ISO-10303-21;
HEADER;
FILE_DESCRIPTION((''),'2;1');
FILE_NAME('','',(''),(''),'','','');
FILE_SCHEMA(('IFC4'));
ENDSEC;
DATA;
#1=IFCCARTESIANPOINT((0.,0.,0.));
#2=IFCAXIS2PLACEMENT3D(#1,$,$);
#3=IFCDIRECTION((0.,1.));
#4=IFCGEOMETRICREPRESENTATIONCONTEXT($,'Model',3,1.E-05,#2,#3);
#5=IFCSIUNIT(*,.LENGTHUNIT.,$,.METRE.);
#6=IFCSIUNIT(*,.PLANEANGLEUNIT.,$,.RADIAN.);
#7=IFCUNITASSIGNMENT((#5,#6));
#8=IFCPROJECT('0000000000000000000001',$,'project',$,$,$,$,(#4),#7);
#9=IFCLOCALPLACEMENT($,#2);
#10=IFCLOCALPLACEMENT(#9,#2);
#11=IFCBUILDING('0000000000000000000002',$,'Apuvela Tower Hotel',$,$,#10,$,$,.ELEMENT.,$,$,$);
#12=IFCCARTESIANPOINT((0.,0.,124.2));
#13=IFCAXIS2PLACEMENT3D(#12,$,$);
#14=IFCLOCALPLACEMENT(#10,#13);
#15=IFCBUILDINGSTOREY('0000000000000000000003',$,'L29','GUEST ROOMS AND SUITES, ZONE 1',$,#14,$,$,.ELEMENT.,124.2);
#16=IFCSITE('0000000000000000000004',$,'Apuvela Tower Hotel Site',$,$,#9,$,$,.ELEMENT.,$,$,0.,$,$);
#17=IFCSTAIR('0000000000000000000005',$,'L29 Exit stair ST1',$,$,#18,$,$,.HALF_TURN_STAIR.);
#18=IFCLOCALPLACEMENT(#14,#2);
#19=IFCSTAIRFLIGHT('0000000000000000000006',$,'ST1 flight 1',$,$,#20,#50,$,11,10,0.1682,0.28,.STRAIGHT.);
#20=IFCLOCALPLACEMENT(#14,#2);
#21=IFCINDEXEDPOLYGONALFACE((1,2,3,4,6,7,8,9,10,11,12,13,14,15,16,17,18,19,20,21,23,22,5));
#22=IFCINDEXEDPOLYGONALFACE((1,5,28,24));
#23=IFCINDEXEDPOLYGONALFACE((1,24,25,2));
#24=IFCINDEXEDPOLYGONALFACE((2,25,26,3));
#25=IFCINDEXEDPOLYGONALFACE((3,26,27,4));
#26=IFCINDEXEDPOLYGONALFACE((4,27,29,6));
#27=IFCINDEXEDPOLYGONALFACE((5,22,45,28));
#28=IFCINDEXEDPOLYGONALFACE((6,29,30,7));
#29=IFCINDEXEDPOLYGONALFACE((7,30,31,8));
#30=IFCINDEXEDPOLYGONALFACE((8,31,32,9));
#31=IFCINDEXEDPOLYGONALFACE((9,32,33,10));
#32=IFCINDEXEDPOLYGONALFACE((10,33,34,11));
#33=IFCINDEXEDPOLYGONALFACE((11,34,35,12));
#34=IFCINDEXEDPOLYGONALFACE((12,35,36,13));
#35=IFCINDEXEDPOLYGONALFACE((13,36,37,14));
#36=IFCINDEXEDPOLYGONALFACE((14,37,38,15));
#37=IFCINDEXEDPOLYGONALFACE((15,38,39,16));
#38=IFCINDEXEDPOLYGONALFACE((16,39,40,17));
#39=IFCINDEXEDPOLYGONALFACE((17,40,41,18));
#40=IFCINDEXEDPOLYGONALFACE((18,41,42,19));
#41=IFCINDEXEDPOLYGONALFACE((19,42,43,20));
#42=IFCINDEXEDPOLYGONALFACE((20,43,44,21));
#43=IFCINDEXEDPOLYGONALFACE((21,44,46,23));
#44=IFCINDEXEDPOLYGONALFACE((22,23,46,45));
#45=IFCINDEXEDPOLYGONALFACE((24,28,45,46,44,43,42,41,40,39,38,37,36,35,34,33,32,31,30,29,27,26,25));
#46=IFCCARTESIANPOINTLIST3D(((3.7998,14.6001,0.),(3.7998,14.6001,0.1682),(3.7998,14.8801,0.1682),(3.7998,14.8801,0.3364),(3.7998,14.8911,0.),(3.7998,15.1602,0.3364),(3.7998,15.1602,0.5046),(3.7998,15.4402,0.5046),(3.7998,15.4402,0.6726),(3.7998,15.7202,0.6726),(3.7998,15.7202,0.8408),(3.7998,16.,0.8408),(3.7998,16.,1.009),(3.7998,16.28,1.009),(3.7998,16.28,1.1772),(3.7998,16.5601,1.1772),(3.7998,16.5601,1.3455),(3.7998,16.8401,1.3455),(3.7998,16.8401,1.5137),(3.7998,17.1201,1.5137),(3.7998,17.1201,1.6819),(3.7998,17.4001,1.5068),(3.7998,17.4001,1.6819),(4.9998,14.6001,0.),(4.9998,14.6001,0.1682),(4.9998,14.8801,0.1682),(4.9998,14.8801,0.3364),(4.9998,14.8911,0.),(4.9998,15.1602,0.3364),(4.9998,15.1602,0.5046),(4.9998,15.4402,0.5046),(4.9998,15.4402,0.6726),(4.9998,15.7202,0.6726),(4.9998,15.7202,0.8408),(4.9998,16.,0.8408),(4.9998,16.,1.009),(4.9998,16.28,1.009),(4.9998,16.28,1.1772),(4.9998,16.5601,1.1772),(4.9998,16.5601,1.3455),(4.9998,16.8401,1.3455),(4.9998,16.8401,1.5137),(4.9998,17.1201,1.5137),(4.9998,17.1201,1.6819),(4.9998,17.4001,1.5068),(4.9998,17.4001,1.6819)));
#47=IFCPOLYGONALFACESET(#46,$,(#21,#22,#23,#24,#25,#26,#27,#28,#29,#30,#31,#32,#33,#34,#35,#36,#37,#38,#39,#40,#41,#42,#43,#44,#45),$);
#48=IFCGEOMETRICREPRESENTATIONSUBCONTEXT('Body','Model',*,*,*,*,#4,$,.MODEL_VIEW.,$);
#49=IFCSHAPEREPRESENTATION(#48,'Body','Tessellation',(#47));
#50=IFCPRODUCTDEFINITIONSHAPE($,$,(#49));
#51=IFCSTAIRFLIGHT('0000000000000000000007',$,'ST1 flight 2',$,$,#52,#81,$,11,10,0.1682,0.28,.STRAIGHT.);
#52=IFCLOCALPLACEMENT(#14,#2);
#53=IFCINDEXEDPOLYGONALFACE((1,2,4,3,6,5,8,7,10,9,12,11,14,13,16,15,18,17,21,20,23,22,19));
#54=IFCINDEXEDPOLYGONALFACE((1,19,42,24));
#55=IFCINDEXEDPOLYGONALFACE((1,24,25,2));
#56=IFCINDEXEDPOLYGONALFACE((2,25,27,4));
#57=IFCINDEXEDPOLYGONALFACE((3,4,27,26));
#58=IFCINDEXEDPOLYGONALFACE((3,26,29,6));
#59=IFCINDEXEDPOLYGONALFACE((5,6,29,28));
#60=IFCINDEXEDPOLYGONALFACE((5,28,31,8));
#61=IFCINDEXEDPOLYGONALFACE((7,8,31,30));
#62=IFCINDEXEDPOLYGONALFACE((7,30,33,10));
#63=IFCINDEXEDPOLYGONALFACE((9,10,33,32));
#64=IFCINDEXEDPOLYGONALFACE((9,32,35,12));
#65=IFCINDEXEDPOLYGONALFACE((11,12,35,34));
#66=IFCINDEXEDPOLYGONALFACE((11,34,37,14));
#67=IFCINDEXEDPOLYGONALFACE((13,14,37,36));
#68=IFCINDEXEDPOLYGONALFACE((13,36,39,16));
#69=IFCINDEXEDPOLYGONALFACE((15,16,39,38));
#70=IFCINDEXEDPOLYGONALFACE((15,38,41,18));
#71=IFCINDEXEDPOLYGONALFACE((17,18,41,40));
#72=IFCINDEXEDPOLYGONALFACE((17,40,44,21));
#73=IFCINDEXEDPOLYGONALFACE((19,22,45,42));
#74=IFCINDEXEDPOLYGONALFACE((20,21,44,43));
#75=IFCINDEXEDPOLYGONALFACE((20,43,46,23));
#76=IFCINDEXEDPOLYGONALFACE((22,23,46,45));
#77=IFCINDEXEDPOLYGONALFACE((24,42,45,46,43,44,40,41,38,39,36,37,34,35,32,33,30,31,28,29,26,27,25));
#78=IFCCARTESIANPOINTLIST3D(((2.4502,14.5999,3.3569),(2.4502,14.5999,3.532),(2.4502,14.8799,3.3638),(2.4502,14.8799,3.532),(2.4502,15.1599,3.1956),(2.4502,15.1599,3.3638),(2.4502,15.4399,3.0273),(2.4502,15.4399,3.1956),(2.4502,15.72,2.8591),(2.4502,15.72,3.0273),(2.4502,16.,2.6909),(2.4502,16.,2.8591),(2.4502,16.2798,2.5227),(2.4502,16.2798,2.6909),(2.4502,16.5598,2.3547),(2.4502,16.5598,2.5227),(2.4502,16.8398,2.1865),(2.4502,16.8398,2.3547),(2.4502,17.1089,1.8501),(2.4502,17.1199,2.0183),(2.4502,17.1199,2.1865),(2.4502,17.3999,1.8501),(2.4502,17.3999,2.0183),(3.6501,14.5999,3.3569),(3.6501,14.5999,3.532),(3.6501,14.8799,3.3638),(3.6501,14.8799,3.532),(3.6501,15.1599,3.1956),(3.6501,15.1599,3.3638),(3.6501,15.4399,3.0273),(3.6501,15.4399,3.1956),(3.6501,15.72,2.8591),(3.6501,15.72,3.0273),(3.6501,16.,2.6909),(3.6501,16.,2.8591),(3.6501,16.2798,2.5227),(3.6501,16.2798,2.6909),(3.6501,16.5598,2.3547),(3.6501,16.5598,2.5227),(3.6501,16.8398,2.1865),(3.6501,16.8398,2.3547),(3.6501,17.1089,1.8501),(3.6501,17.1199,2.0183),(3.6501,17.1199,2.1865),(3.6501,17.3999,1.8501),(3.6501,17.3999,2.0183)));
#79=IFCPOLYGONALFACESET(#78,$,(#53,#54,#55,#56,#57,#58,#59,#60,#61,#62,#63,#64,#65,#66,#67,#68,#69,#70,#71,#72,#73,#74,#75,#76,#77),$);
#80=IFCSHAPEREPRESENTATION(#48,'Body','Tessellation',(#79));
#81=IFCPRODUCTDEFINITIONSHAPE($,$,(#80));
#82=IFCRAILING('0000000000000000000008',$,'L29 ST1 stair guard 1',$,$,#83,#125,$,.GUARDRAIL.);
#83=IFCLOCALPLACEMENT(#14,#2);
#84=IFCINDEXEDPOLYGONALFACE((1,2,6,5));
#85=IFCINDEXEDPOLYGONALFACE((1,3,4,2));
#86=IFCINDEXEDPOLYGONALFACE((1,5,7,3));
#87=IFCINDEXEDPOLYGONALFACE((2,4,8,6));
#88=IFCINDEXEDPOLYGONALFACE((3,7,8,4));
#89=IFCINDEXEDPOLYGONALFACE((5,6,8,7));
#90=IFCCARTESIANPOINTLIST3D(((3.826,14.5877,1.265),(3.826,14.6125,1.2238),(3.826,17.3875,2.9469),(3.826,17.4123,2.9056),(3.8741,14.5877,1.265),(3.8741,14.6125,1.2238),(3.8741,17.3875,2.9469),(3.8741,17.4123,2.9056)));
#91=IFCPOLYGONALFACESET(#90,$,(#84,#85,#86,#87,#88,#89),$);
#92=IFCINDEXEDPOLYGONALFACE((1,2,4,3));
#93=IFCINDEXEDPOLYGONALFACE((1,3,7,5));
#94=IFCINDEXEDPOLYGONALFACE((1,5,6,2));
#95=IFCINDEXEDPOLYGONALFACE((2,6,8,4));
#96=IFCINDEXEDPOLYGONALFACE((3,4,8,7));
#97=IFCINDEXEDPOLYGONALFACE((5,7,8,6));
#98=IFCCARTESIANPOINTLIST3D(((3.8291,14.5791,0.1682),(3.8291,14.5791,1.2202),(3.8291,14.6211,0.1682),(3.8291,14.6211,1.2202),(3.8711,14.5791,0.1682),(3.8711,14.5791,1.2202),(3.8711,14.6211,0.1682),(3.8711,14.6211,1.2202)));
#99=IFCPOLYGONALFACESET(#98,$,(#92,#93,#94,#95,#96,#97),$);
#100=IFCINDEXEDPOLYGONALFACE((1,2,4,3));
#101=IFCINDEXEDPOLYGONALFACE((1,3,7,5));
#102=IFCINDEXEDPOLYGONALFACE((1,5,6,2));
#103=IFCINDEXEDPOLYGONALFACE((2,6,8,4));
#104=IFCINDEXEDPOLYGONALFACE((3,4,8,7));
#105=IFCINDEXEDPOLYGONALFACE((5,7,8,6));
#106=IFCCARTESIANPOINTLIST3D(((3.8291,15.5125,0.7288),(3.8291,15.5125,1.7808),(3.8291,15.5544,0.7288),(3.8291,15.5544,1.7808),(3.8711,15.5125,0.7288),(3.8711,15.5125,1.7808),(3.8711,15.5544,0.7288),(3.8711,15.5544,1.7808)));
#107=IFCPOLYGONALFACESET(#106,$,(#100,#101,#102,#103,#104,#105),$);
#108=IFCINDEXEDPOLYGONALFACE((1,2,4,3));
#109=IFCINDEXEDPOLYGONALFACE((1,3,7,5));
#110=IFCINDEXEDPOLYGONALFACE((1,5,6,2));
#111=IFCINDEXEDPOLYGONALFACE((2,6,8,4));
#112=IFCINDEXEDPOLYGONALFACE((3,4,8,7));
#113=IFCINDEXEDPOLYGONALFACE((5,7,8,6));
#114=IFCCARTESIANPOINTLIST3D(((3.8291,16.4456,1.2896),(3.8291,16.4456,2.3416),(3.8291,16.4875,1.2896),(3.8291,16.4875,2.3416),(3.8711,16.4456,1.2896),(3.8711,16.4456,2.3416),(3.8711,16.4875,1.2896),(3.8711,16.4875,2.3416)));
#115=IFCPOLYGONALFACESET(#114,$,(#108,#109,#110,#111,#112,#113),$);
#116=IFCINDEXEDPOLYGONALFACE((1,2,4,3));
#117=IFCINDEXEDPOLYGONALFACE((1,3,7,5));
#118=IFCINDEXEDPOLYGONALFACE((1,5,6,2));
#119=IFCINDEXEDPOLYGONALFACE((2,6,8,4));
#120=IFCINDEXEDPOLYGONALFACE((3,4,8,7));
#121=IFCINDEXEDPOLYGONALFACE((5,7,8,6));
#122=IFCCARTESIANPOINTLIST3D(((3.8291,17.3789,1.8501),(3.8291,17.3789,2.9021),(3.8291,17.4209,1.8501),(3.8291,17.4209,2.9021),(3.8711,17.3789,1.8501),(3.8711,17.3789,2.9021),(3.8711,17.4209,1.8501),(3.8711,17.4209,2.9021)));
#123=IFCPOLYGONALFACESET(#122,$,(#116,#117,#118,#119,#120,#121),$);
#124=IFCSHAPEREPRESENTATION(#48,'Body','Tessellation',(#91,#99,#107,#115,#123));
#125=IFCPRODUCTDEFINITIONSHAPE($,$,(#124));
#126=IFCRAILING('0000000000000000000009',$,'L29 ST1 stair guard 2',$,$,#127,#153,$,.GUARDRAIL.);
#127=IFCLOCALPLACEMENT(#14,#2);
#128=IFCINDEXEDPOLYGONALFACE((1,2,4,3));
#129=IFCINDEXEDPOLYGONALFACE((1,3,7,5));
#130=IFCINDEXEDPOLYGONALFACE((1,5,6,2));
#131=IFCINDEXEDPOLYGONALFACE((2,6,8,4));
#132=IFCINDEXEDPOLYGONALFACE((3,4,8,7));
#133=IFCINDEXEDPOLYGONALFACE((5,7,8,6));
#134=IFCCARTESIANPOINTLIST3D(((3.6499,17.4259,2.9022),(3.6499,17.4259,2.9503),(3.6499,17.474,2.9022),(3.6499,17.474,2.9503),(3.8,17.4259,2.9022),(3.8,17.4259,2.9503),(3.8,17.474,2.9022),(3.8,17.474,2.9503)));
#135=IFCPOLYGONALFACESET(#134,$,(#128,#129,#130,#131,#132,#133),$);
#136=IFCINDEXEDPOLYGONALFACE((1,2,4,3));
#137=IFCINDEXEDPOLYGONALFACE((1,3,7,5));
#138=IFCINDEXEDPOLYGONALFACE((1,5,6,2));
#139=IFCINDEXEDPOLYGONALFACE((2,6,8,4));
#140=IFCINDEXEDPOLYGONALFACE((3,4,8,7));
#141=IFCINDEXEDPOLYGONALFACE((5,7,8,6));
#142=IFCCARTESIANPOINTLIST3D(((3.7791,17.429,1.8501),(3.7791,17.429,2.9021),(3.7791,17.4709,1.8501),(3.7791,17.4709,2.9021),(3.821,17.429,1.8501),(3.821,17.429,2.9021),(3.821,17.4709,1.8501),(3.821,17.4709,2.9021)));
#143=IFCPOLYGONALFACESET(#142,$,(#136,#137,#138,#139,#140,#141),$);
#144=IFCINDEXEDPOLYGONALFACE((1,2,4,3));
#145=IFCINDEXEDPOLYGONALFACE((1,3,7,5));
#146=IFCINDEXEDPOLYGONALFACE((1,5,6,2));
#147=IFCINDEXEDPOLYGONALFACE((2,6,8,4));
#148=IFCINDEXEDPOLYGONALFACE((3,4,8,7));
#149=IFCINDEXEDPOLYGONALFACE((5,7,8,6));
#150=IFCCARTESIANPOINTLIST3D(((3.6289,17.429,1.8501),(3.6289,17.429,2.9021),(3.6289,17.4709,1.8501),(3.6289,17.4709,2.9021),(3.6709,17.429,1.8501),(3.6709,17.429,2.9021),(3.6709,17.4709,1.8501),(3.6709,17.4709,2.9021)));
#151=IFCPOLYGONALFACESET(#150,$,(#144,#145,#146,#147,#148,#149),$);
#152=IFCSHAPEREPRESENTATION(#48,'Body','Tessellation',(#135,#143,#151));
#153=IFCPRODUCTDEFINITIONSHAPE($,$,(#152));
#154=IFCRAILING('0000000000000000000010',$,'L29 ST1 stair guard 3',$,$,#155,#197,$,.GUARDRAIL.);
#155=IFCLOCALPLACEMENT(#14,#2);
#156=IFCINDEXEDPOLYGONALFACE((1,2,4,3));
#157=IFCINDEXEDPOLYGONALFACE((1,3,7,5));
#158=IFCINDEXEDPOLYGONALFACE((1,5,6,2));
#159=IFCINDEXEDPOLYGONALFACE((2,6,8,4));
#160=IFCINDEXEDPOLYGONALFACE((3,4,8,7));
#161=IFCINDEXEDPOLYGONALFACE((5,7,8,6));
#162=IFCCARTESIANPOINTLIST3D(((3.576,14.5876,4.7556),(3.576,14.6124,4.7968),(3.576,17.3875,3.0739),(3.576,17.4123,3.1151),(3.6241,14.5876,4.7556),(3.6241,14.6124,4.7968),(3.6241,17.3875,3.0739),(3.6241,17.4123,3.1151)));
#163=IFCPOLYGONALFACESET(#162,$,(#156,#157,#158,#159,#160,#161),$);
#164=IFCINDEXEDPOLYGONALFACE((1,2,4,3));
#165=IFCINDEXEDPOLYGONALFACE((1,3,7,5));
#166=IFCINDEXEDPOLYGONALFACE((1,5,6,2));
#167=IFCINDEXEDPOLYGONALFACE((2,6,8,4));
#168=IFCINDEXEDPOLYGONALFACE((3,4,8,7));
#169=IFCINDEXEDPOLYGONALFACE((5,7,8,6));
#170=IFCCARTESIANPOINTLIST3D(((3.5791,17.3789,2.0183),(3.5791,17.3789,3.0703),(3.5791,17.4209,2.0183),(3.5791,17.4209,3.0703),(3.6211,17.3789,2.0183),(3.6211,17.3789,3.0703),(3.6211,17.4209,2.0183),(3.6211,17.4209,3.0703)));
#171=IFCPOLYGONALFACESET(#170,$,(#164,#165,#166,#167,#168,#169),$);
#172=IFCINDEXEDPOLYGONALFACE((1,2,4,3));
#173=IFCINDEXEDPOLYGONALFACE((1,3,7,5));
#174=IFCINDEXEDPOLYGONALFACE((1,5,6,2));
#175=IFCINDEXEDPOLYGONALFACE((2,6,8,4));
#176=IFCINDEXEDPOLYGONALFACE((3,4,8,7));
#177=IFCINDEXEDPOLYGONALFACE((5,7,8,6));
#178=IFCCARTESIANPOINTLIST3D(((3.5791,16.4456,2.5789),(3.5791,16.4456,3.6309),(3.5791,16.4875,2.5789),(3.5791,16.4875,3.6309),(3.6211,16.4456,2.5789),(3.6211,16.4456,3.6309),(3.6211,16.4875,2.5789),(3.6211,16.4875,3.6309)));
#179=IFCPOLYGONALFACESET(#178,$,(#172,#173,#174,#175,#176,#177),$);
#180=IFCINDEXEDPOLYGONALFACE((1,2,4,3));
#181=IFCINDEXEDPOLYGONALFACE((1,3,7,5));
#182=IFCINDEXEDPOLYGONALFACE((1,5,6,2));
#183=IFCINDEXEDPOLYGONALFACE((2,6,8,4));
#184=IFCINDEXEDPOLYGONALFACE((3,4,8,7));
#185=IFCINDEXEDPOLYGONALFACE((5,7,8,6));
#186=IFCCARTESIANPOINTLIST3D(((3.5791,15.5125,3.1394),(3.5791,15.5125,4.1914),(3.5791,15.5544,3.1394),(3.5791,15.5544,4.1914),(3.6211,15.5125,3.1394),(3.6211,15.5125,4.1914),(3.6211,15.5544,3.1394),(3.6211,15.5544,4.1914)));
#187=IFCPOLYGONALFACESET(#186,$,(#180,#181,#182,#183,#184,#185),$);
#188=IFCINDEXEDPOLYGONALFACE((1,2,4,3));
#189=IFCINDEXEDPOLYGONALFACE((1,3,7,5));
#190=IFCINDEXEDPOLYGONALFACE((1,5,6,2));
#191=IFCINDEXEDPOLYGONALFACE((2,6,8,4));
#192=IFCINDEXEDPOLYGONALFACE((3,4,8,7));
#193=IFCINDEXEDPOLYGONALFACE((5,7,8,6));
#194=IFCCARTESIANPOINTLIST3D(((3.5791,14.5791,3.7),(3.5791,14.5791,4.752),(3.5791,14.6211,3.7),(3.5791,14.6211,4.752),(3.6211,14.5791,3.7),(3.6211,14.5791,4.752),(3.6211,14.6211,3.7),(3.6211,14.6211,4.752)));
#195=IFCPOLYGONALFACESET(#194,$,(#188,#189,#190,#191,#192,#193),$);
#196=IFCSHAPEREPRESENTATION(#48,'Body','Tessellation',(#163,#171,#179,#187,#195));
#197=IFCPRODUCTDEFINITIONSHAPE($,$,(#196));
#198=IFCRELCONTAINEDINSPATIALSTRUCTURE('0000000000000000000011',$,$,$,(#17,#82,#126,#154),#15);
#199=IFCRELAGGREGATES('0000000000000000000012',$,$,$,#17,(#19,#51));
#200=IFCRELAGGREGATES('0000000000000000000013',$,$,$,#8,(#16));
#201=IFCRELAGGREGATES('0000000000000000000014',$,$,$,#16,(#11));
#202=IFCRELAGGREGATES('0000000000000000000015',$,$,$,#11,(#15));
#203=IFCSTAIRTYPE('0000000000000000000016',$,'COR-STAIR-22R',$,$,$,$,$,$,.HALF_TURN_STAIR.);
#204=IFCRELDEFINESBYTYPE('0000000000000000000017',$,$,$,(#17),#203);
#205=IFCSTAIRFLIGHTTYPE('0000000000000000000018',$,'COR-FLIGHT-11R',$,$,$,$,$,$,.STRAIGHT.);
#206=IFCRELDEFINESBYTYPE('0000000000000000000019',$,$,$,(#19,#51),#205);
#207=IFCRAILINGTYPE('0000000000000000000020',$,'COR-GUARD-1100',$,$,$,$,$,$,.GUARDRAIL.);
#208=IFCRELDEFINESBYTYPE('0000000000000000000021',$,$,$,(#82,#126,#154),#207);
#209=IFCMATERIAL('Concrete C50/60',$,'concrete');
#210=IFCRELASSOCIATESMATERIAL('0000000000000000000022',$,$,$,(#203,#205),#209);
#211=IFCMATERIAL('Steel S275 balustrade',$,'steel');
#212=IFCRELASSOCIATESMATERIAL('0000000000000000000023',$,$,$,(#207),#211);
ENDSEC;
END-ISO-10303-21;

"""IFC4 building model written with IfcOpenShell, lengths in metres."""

from ifc_helpers import new_model, si_unit, direction, frame, origin, origin_2d, place, context, subcontext, project, spatial, polyline, rectangle, outline, extrude, material, type_object, element, aggregate, save


model = new_model("IFC4")

# Units and contexts
model_context = context("Model", 3, precision=1e-05, world=origin(), true_north=direction((0.0, 1.0)))
body_context = subcontext(model_context, "Body", "Model", "MODEL_VIEW")
ifc_project = project(units=[si_unit("LENGTHUNIT", "METRE"), si_unit("PLANEANGLEUNIT", "RADIAN")], contexts=[model_context])

# Site, building, storey
site_placement = place(None, origin())
site = spatial("IfcSite", under=ifc_project, at=site_placement, Name="Apuvela Tower Hotel Site", CompositionType="ELEMENT", RefElevation=0.0)
building_placement = place(site_placement, origin())
building = spatial("IfcBuilding", under=site, at=building_placement, Name="Apuvela Tower Hotel", CompositionType="ELEMENT")
storey_placement = place(building_placement, frame((0.0, 0.0, 124.2)))
storey = spatial("IfcBuildingStorey", under=building, at=storey_placement, Name="L29", Description="GUEST ROOMS AND SUITES, ZONE 1", CompositionType="ELEMENT", Elevation=124.2)

# Shared definitions
ifc_material_1 = material(Name="Concrete C50/60", Category="concrete")

# Stair, stair flights
stair_type = type_object("IfcStairType", Name="COR-STAIR-22R", PredefinedType="HALF_TURN_STAIR", material=ifc_material_1)
stair_placement = place(storey_placement, origin())
stair = element("IfcStair", 1, at=stair_placement, inside=storey, type_object=stair_type, Name="L29 Exit stair ST1", PredefinedType="HALF_TURN_STAIR")
stair_flight_type = type_object("IfcStairFlightType", Name="COR-FLIGHT-11R", PredefinedType="STRAIGHT", material=ifc_material_1)
stair_flight_1_placement = place(storey_placement, frame((4.3999, 14.6001, 0.0), z_axis=(0.0, 0.0, 1.0), x_axis=(0.0, 1.0, 0.0)))
stair_flight_1 = element("IfcStairFlight", 2, at=stair_flight_1_placement, type_object=stair_flight_type, Name="ST1 flight 1", NumberOfRisers=11, NumberOfTreads=10, PredefinedType="STRAIGHT", RiserHeight=0.1682, TreadLength=0.28, context=body_context, shape_type="SweptSolid", body=[
    extrude(outline(polyline([(0.0, 0.0), (0.0, 0.1682), (0.28, 0.1682), (0.28, 0.3364), (0.5601, 0.3364), (0.5601, 0.5046), (0.8401, 0.5046), (0.8401, 0.6726), (1.1201, 0.6726), (1.1201, 0.8408), (1.3999, 0.8408), (1.3999, 1.009), (1.6799, 1.009), (1.6799, 1.1772), (1.96, 1.1772), (1.96, 1.3455), (2.24, 1.3455), (2.24, 1.5137), (2.52, 1.5137), (2.52, 1.6819), (2.8, 1.6819), (2.8, 1.8501), (2.8, 1.5068), (0.291, 0.0), (0.0, 0.0)])), frame((0.0, 0.6001, 0.0), z_axis=(0.0, -1.0, 0.0), x_axis=(1.0, 0.0, 0.0)), (0.0, 0.0, 1.0), 1.2),
])
stair_flight_2_placement = place(storey_placement, frame((3.05, 17.3999, 1.8501), z_axis=(0.0, 0.0, 1.0), x_axis=(0.0, -1.0, 0.0)))
stair_flight_2 = element("IfcStairFlight", 3, at=stair_flight_2_placement, type_object=stair_flight_type, Name="ST1 flight 2", NumberOfRisers=11, NumberOfTreads=10, PredefinedType="STRAIGHT", RiserHeight=0.1682, TreadLength=0.28, context=body_context, shape_type="SweptSolid", body=[
    extrude(outline(polyline([(0.0, 0.0), (0.0, 0.1682), (0.28, 0.1682), (0.28, 0.3364), (0.5601, 0.3364), (0.5601, 0.5046), (0.8401, 0.5046), (0.8401, 0.6726), (1.1201, 0.6726), (1.1201, 0.8408), (1.3999, 0.8408), (1.3999, 1.009), (1.6799, 1.009), (1.6799, 1.1772), (1.96, 1.1772), (1.96, 1.3455), (2.24, 1.3455), (2.24, 1.5137), (2.52, 1.5137), (2.52, 1.6819), (2.8, 1.6819), (2.8, 1.8501), (2.8, 1.5068), (0.291, 0.0), (0.0, 0.0)])), frame((0.0, 0.6001, 0.0), z_axis=(0.0, -1.0, 0.0), x_axis=(1.0, 0.0, 0.0)), (0.0, 0.0, 1.0), 1.2),
])
aggregate(stair, [stair_flight_1, stair_flight_2])

# Railings
ifc_material_2 = material(Name="Steel S275 balustrade", Category="steel")
railing_type_1 = type_object("IfcRailingType", Name="COR-GUARD-1100", PredefinedType="GUARDRAIL", material=ifc_material_2)
railing_1_placement = place(storey_placement, frame((3.8501, 14.6001, 0.1682)))
element("IfcRailing", 4, at=railing_1_placement, inside=storey, type_object=railing_type_1, Name="L29 ST1 stair guard 1", PredefinedType="GUARDRAIL", context=body_context, shape_type="SweptSolid", body=[
    extrude(rectangle(XDim=0.0481, YDim=0.0481, at=origin_2d()), frame((0.0, 0.0, 1.0762), z_axis=(0.0, 0.857222, 0.514946), x_axis=(-1.0, 0.0, 0.0)), (0.0, 0.0, 1.0), 3.2661),
    extrude(rectangle(XDim=0.042, YDim=0.042, at=origin_2d()), origin(), (0.0, 0.0, 1.0), 1.052),
    extrude(rectangle(XDim=0.042, YDim=0.042, at=origin_2d()), frame((0.0, 0.9333, 0.5605)), (0.0, 0.0, 1.0), 1.052),
    extrude(rectangle(XDim=0.042, YDim=0.042, at=origin_2d()), frame((0.0, 1.8665, 1.1213)), (0.0, 0.0, 1.0), 1.052),
    extrude(rectangle(XDim=0.042, YDim=0.042, at=origin_2d()), frame((0.0, 2.7998, 1.6819)), (0.0, 0.0, 1.0), 1.052),
])
railing_2_placement = place(storey_placement, frame((3.8, 17.45, 1.8501)))
element("IfcRailing", 5, at=railing_2_placement, inside=storey, type_object=railing_type_1, Name="L29 ST1 stair guard 2", PredefinedType="GUARDRAIL", context=body_context, shape_type="SweptSolid", body=[
    extrude(rectangle(XDim=0.0481, YDim=0.0481, at=origin_2d()), frame((0.0, 0.0, 1.0762), z_axis=(-1.0, 0.0, 0.0), x_axis=(0.0, -1.0, 0.0)), (0.0, 0.0, 1.0), 0.1501),
    extrude(rectangle(XDim=0.042, YDim=0.042, at=origin_2d()), origin(), (0.0, 0.0, 1.0), 1.052),
    extrude(rectangle(XDim=0.042, YDim=0.042, at=origin_2d()), frame((-0.1501, 0.0, 0.0)), (0.0, 0.0, 1.0), 1.052),
])
railing_3_placement = place(storey_placement, frame((3.6001, 17.3999, 2.0183)))
element("IfcRailing", 6, at=railing_3_placement, inside=storey, type_object=railing_type_1, Name="L29 ST1 stair guard 3", PredefinedType="GUARDRAIL", context=body_context, shape_type="SweptSolid", body=[
    extrude(rectangle(XDim=0.0481, YDim=0.0481, at=origin_2d()), frame((0.0, 0.0, 1.0762), z_axis=(0.0, -0.857255, 0.514891), x_axis=(1.0, 0.0, 0.0)), (0.0, 0.0, 1.0), 3.2661),
    extrude(rectangle(XDim=0.042, YDim=0.042, at=origin_2d()), origin(), (0.0, 0.0, 1.0), 1.052),
    extrude(rectangle(XDim=0.042, YDim=0.042, at=origin_2d()), frame((0.0, -0.9333, 0.5605)), (0.0, 0.0, 1.0), 1.052),
    extrude(rectangle(XDim=0.042, YDim=0.042, at=origin_2d()), frame((0.0, -1.8665, 1.1211)), (0.0, 0.0, 1.0), 1.052),
    extrude(rectangle(XDim=0.042, YDim=0.042, at=origin_2d()), frame((0.0, -2.7998, 1.6816)), (0.0, 0.0, 1.0), 1.052),
])

save(model, "model.ifc")
